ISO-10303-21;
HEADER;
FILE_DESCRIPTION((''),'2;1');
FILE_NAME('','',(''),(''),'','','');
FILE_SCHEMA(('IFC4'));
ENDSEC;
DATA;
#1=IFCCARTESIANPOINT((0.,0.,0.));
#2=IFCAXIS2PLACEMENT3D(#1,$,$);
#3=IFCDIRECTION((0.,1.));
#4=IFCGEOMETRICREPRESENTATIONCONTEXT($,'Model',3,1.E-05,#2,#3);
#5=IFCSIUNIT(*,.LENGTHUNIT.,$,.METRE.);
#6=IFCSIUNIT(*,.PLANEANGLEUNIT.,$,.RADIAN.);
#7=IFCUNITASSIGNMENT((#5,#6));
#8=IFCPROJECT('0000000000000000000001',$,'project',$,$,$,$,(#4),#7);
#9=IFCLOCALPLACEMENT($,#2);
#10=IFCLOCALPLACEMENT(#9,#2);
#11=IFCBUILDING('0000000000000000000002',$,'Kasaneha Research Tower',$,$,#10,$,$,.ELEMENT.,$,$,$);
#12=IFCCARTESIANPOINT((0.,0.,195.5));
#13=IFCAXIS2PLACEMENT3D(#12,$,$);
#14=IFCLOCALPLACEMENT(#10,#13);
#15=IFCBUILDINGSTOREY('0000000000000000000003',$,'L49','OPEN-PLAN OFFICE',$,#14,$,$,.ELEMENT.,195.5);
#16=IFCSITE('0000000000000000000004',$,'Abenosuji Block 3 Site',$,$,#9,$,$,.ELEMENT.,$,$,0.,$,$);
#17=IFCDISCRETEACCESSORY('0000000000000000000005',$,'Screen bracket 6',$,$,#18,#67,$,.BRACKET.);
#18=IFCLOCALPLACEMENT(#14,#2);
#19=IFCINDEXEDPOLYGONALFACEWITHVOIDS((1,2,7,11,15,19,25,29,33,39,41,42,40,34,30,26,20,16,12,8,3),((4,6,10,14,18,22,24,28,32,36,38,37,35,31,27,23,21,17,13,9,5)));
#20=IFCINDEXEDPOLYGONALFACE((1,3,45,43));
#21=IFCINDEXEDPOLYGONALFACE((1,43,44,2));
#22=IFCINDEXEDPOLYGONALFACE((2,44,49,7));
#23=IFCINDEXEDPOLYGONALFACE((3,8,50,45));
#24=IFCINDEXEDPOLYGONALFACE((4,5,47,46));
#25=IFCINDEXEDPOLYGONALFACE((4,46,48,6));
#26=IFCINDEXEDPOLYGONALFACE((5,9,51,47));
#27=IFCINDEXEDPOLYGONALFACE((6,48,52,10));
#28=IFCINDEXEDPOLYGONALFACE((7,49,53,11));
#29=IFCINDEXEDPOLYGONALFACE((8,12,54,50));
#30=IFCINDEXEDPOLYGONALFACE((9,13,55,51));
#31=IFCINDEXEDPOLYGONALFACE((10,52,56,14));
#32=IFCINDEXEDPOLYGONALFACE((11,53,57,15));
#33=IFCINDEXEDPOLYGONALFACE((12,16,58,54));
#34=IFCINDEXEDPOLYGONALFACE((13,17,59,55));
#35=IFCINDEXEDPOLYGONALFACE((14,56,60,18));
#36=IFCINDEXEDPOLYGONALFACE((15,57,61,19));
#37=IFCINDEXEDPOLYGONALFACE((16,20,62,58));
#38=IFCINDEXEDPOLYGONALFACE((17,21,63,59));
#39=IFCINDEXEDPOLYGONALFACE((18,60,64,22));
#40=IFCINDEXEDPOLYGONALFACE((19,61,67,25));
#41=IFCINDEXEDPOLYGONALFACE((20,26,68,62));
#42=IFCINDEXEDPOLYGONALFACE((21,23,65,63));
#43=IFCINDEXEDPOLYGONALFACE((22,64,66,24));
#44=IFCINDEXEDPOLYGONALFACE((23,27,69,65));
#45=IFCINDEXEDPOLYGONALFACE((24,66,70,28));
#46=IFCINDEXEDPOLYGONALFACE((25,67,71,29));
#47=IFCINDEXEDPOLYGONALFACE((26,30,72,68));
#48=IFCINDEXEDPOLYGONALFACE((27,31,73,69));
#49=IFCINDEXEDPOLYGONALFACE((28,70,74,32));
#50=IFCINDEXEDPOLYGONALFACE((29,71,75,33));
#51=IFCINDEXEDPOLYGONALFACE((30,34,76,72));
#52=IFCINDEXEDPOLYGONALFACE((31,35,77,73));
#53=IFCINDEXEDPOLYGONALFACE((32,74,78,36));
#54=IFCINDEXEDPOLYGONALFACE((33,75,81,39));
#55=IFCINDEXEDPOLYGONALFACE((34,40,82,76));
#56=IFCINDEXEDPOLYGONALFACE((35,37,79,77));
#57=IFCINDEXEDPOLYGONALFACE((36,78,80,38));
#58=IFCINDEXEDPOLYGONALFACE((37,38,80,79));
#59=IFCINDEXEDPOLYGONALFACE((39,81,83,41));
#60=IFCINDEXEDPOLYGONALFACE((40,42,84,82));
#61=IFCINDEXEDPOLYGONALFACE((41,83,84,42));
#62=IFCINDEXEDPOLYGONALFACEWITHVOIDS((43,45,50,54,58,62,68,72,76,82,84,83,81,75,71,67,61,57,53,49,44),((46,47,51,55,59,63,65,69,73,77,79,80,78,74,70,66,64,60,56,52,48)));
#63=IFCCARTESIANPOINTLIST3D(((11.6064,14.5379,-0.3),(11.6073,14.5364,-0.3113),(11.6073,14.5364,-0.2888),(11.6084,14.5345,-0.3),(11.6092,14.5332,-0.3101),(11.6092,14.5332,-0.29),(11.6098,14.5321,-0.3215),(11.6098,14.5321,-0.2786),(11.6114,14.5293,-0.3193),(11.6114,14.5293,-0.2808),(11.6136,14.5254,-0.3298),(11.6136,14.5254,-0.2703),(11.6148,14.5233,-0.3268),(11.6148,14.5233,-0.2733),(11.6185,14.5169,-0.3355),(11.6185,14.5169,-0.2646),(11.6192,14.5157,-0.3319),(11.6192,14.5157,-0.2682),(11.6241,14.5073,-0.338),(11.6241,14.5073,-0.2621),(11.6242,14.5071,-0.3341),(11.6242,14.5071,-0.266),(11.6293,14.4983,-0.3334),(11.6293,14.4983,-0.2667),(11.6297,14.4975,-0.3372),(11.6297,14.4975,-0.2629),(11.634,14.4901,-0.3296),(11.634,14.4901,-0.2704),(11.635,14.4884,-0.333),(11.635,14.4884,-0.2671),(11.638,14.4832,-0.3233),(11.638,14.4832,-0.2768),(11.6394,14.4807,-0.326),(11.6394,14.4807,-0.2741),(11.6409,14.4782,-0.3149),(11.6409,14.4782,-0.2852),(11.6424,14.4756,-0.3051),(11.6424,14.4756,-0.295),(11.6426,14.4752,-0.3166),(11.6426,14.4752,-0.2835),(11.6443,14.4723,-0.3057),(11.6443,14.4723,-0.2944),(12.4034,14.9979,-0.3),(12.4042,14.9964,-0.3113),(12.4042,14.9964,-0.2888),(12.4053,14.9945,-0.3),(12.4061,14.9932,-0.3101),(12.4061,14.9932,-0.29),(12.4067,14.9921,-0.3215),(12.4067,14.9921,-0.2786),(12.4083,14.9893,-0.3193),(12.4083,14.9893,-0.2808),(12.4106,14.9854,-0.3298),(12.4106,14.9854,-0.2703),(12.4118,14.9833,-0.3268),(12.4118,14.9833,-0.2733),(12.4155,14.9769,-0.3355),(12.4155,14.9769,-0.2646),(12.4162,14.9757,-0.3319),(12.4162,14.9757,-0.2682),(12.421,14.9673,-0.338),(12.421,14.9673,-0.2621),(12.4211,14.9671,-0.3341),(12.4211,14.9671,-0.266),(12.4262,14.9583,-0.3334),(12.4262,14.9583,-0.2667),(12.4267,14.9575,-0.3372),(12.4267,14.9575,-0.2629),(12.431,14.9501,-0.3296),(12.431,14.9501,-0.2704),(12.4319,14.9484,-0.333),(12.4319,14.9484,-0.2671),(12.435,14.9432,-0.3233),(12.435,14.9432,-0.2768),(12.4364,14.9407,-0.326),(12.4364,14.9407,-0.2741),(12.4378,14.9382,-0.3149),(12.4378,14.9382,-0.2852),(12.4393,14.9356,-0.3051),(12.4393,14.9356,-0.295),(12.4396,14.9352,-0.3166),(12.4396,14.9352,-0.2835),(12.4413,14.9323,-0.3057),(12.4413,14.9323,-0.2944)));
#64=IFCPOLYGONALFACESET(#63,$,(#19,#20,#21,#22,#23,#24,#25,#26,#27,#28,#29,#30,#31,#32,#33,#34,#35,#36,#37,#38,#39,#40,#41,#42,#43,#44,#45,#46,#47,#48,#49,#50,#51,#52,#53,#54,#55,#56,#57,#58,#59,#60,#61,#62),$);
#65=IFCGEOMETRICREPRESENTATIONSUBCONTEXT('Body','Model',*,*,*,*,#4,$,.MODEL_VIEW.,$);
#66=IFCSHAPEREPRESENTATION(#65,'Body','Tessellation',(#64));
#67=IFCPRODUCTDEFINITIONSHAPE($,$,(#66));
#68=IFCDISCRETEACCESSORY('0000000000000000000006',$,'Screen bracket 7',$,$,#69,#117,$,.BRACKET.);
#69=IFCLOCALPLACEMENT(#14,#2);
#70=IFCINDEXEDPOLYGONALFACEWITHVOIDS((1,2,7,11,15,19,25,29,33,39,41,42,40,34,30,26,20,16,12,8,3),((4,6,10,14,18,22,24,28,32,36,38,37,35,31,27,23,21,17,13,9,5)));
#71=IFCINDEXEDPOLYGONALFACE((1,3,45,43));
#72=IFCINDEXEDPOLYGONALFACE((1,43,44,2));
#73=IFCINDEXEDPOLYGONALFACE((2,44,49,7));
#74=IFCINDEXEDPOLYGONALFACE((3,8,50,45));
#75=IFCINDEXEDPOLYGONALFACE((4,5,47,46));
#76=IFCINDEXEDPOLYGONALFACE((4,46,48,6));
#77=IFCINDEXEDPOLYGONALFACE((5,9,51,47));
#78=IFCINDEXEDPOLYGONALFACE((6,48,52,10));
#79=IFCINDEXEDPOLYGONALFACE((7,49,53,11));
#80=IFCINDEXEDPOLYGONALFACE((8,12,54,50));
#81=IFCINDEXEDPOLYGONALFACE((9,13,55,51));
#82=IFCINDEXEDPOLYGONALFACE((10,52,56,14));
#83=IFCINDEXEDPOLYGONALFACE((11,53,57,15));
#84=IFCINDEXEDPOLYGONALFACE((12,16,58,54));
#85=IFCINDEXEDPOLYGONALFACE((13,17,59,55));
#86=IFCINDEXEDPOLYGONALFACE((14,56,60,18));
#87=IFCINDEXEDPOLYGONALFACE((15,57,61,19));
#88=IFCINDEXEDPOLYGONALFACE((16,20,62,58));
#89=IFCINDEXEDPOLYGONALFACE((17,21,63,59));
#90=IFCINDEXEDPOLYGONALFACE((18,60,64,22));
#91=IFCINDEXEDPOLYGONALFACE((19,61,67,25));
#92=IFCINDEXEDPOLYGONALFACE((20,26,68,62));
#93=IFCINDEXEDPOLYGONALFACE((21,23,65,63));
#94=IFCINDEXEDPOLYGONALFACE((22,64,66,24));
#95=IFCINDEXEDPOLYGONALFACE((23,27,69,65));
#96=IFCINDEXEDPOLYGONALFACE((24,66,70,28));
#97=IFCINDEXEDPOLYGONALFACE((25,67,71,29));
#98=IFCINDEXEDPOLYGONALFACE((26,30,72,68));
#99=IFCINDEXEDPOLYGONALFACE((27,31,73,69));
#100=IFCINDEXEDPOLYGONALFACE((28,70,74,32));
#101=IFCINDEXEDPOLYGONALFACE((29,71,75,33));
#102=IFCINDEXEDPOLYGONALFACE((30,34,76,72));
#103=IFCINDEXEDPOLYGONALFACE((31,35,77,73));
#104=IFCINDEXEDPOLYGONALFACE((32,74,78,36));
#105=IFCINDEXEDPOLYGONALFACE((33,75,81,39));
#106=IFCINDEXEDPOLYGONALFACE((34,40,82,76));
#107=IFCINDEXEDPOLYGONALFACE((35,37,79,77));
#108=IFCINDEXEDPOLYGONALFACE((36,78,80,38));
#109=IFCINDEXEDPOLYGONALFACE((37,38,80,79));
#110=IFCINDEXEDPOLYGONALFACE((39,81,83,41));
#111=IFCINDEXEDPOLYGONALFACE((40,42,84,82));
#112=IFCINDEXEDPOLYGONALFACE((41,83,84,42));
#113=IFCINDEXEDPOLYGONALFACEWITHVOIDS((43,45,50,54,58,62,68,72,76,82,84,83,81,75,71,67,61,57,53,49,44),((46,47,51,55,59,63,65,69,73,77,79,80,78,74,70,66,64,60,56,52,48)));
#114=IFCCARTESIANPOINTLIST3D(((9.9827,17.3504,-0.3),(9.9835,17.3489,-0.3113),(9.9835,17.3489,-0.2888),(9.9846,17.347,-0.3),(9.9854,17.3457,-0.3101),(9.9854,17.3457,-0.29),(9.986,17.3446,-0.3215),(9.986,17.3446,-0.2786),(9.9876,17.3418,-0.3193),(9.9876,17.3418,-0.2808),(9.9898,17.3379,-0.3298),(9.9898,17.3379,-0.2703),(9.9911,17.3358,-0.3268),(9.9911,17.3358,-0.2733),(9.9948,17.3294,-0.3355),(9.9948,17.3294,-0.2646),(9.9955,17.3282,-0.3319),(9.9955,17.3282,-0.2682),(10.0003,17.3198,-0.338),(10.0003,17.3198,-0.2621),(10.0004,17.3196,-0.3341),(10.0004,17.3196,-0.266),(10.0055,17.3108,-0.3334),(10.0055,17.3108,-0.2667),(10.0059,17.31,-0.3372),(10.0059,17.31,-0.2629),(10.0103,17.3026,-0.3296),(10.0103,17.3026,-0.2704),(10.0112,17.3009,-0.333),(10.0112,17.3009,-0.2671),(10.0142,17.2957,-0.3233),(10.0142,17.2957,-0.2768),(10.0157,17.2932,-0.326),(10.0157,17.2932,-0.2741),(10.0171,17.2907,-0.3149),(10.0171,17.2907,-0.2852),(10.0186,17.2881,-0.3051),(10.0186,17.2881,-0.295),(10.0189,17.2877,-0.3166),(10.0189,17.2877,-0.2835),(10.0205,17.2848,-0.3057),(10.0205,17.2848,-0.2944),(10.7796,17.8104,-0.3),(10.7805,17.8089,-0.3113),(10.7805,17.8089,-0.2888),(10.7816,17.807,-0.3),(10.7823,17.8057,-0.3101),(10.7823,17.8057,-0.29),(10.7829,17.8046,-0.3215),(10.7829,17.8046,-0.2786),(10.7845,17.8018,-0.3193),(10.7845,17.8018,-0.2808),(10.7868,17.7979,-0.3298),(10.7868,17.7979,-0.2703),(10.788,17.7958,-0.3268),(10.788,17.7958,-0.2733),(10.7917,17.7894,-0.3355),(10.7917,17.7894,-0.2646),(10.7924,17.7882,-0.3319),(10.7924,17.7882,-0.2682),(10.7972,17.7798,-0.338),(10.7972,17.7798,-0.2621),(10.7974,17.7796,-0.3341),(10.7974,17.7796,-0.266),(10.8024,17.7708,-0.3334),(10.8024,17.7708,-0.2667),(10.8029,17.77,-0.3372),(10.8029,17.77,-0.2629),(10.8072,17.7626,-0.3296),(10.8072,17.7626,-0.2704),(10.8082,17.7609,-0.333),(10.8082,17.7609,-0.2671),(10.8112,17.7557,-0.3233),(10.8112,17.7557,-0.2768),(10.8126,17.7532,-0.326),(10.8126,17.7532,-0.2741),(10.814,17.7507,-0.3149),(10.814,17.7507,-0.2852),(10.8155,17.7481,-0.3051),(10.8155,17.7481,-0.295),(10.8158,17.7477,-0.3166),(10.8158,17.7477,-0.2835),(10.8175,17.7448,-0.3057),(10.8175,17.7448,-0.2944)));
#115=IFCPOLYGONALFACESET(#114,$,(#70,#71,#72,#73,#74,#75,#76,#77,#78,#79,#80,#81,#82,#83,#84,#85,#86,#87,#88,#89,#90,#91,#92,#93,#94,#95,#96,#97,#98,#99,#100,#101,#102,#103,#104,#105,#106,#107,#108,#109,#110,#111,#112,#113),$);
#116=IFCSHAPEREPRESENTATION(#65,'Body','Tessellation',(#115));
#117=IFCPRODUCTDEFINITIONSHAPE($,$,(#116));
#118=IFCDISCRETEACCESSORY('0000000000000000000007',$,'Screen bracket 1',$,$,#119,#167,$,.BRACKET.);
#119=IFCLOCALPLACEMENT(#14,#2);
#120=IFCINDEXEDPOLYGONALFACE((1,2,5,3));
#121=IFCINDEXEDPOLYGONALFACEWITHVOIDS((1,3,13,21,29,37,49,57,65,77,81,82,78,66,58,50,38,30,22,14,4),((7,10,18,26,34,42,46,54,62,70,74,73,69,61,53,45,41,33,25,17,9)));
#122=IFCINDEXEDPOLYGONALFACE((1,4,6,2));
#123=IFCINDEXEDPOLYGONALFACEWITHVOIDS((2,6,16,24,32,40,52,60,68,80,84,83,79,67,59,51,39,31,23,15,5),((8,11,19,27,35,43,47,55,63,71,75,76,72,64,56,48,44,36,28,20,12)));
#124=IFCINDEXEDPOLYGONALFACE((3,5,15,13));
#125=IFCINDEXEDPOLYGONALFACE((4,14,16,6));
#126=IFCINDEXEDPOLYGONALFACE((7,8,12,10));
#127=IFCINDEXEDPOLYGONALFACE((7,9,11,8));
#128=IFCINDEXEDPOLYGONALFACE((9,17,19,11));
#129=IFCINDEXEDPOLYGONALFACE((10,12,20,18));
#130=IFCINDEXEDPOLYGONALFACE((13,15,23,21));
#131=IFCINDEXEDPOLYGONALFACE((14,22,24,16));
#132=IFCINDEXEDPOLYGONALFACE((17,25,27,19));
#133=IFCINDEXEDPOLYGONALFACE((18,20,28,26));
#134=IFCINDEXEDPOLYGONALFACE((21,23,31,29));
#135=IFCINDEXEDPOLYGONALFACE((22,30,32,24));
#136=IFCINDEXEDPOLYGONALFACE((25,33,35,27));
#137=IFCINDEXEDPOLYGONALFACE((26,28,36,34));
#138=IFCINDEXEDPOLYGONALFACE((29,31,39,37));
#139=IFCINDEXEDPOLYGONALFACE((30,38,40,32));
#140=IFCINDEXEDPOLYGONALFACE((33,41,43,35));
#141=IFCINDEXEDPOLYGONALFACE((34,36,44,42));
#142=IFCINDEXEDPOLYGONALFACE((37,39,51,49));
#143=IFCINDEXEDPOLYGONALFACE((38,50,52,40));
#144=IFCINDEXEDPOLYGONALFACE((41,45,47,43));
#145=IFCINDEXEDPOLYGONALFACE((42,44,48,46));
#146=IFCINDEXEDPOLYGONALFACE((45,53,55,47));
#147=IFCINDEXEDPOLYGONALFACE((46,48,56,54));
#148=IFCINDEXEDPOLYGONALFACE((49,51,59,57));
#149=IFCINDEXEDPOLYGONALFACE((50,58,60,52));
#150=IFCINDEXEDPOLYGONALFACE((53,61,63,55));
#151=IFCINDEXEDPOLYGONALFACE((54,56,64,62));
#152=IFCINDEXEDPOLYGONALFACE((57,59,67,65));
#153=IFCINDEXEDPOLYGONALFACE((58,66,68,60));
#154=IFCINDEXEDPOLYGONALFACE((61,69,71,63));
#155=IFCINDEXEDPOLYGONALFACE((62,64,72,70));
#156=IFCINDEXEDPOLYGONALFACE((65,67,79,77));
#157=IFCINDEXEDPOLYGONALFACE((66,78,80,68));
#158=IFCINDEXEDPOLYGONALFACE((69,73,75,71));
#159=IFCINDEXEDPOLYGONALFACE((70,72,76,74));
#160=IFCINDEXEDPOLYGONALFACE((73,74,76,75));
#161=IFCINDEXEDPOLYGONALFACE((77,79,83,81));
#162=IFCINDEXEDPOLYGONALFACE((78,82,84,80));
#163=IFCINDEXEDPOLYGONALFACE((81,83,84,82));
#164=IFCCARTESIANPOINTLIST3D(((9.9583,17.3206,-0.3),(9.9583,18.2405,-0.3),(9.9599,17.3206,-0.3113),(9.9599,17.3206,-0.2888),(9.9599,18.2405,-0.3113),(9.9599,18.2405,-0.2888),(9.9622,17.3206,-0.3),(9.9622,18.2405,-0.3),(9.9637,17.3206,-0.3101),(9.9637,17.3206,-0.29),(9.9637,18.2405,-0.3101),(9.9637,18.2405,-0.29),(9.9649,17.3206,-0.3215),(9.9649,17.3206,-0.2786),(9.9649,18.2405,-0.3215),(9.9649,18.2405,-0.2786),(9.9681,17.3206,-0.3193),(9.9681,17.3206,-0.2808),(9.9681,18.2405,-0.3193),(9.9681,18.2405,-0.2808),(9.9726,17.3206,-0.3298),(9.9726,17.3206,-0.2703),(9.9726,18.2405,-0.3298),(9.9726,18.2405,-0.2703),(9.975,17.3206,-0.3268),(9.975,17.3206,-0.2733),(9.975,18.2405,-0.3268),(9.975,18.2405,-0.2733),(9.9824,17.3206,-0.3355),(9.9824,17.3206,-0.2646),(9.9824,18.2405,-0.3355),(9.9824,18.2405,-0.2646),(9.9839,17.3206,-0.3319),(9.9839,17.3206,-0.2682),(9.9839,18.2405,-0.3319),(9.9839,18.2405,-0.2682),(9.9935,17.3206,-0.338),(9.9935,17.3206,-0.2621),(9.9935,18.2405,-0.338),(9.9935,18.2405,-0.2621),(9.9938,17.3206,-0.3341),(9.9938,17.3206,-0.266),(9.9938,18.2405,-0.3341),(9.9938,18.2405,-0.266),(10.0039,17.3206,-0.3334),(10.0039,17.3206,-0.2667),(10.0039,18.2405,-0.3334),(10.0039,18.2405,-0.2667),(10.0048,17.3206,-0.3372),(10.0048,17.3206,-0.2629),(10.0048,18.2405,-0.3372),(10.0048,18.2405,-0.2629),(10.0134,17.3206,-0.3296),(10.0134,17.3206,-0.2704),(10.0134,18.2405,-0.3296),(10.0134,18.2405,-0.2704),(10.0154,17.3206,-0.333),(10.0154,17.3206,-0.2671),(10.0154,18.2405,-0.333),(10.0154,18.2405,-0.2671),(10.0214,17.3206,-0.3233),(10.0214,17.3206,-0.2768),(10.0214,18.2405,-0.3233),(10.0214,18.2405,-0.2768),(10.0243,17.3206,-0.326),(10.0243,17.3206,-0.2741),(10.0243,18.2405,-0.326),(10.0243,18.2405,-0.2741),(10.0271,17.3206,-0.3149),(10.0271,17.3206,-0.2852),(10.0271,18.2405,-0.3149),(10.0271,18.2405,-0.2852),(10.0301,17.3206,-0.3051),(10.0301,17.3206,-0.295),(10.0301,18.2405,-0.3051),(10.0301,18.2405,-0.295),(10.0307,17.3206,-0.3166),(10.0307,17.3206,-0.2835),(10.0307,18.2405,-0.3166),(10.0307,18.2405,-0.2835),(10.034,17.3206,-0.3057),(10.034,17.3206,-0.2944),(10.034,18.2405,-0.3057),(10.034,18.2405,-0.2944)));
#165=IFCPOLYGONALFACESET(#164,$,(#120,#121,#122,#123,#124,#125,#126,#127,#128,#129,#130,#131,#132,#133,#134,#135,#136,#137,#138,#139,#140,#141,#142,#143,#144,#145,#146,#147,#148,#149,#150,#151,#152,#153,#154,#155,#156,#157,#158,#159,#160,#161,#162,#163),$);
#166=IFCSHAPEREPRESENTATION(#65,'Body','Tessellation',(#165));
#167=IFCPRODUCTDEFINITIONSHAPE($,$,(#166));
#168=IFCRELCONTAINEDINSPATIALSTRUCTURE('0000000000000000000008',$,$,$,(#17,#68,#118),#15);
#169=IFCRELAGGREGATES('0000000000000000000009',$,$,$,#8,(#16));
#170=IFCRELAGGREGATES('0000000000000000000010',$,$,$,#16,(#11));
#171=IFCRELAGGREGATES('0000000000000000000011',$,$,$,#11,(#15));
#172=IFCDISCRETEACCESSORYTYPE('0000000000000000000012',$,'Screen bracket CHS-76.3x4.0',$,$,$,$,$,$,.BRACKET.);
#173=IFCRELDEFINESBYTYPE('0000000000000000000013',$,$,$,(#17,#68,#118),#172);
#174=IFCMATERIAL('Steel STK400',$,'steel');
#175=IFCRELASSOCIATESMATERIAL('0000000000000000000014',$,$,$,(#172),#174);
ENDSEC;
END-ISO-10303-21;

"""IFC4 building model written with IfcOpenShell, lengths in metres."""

from ifc_helpers import new_model, si_unit, direction, frame, origin, origin_2d, place, context, subcontext, project, spatial, hollow_circle, extrude, material, material_profile, profile_set, type_object, element, save


model = new_model("IFC4")

# Units and contexts
model_context = context("Model", 3, precision=1e-05, world=origin(), true_north=direction((0.0, 1.0)))
body_context = subcontext(model_context, "Body", "Model", "MODEL_VIEW")
ifc_project = project(units=[si_unit("LENGTHUNIT", "METRE"), si_unit("PLANEANGLEUNIT", "RADIAN")], contexts=[model_context])

# Site, building, storey
site_placement = place(None, origin())
site = spatial("IfcSite", under=ifc_project, at=site_placement, Name="Abenosuji Block 3 Site", CompositionType="ELEMENT", RefElevation=0.0)
building_placement = place(site_placement, origin())
building = spatial("IfcBuilding", under=site, at=building_placement, Name="Kasaneha Research Tower", CompositionType="ELEMENT")
storey_placement = place(building_placement, frame((0.0, 0.0, 195.5)))
storey = spatial("IfcBuildingStorey", under=building, at=storey_placement, Name="L49", Description="OPEN-PLAN OFFICE", CompositionType="ELEMENT", Elevation=195.5)

# Discrete accessories
ifc_material_1 = material(Name="Steel STK400", Category="steel")
ifc_material_profile_1 = material_profile(ifc_material_1, hollow_circle(Radius=0.0381, WallThickness=0.0039, at=origin_2d()), Name="CHS-76.3x4.0")
ifc_profile_set_1 = profile_set([ifc_material_profile_1], Name="Steel STK400")
discrete_accessory_type = type_object("IfcDiscreteAccessoryType", Name="Screen bracket CHS-76.3x4.0", PredefinedType="BRACKET", material=ifc_profile_set_1)
for number, where, z_axis, x_axis, name in (
    (1, (11.6255, 14.5049, -0.3), (0.86608, 0.499906, 0.0), (-0.499906, 0.86608, 0.0), "Screen bracket 6"),
    (2, (10.0017, 17.3174, -0.3), (0.86608, 0.499906, 0.0), (-0.499906, 0.86608, 0.0), "Screen bracket 7"),
):
    element("IfcDiscreteAccessory", number, at=place(storey_placement, frame(where, z_axis=z_axis, x_axis=x_axis)), inside=storey, type_object=discrete_accessory_type, Name=name, PredefinedType="BRACKET", context=body_context, shape_type="SweptSolid", body=[
        extrude(hollow_circle(Radius=0.0381, WallThickness=0.0039, at=origin_2d()), origin(), (0.0, 0.0, 1.0), 0.9202),
    ])
discrete_accessory_placement = place(storey_placement, frame((9.9963, 17.3206, -0.3), z_axis=(0.0, 1.0, 0.0), x_axis=(-1.0, 0.0, 0.0)))
element("IfcDiscreteAccessory", 3, at=discrete_accessory_placement, inside=storey, type_object=discrete_accessory_type, Name="Screen bracket 1", PredefinedType="BRACKET", context=body_context, shape_type="SweptSolid", body=[
    extrude(hollow_circle(Radius=0.0381, WallThickness=0.0039, at=origin_2d()), origin(), (0.0, 0.0, 1.0), 0.9199),
])

save(model, "model.ifc")
